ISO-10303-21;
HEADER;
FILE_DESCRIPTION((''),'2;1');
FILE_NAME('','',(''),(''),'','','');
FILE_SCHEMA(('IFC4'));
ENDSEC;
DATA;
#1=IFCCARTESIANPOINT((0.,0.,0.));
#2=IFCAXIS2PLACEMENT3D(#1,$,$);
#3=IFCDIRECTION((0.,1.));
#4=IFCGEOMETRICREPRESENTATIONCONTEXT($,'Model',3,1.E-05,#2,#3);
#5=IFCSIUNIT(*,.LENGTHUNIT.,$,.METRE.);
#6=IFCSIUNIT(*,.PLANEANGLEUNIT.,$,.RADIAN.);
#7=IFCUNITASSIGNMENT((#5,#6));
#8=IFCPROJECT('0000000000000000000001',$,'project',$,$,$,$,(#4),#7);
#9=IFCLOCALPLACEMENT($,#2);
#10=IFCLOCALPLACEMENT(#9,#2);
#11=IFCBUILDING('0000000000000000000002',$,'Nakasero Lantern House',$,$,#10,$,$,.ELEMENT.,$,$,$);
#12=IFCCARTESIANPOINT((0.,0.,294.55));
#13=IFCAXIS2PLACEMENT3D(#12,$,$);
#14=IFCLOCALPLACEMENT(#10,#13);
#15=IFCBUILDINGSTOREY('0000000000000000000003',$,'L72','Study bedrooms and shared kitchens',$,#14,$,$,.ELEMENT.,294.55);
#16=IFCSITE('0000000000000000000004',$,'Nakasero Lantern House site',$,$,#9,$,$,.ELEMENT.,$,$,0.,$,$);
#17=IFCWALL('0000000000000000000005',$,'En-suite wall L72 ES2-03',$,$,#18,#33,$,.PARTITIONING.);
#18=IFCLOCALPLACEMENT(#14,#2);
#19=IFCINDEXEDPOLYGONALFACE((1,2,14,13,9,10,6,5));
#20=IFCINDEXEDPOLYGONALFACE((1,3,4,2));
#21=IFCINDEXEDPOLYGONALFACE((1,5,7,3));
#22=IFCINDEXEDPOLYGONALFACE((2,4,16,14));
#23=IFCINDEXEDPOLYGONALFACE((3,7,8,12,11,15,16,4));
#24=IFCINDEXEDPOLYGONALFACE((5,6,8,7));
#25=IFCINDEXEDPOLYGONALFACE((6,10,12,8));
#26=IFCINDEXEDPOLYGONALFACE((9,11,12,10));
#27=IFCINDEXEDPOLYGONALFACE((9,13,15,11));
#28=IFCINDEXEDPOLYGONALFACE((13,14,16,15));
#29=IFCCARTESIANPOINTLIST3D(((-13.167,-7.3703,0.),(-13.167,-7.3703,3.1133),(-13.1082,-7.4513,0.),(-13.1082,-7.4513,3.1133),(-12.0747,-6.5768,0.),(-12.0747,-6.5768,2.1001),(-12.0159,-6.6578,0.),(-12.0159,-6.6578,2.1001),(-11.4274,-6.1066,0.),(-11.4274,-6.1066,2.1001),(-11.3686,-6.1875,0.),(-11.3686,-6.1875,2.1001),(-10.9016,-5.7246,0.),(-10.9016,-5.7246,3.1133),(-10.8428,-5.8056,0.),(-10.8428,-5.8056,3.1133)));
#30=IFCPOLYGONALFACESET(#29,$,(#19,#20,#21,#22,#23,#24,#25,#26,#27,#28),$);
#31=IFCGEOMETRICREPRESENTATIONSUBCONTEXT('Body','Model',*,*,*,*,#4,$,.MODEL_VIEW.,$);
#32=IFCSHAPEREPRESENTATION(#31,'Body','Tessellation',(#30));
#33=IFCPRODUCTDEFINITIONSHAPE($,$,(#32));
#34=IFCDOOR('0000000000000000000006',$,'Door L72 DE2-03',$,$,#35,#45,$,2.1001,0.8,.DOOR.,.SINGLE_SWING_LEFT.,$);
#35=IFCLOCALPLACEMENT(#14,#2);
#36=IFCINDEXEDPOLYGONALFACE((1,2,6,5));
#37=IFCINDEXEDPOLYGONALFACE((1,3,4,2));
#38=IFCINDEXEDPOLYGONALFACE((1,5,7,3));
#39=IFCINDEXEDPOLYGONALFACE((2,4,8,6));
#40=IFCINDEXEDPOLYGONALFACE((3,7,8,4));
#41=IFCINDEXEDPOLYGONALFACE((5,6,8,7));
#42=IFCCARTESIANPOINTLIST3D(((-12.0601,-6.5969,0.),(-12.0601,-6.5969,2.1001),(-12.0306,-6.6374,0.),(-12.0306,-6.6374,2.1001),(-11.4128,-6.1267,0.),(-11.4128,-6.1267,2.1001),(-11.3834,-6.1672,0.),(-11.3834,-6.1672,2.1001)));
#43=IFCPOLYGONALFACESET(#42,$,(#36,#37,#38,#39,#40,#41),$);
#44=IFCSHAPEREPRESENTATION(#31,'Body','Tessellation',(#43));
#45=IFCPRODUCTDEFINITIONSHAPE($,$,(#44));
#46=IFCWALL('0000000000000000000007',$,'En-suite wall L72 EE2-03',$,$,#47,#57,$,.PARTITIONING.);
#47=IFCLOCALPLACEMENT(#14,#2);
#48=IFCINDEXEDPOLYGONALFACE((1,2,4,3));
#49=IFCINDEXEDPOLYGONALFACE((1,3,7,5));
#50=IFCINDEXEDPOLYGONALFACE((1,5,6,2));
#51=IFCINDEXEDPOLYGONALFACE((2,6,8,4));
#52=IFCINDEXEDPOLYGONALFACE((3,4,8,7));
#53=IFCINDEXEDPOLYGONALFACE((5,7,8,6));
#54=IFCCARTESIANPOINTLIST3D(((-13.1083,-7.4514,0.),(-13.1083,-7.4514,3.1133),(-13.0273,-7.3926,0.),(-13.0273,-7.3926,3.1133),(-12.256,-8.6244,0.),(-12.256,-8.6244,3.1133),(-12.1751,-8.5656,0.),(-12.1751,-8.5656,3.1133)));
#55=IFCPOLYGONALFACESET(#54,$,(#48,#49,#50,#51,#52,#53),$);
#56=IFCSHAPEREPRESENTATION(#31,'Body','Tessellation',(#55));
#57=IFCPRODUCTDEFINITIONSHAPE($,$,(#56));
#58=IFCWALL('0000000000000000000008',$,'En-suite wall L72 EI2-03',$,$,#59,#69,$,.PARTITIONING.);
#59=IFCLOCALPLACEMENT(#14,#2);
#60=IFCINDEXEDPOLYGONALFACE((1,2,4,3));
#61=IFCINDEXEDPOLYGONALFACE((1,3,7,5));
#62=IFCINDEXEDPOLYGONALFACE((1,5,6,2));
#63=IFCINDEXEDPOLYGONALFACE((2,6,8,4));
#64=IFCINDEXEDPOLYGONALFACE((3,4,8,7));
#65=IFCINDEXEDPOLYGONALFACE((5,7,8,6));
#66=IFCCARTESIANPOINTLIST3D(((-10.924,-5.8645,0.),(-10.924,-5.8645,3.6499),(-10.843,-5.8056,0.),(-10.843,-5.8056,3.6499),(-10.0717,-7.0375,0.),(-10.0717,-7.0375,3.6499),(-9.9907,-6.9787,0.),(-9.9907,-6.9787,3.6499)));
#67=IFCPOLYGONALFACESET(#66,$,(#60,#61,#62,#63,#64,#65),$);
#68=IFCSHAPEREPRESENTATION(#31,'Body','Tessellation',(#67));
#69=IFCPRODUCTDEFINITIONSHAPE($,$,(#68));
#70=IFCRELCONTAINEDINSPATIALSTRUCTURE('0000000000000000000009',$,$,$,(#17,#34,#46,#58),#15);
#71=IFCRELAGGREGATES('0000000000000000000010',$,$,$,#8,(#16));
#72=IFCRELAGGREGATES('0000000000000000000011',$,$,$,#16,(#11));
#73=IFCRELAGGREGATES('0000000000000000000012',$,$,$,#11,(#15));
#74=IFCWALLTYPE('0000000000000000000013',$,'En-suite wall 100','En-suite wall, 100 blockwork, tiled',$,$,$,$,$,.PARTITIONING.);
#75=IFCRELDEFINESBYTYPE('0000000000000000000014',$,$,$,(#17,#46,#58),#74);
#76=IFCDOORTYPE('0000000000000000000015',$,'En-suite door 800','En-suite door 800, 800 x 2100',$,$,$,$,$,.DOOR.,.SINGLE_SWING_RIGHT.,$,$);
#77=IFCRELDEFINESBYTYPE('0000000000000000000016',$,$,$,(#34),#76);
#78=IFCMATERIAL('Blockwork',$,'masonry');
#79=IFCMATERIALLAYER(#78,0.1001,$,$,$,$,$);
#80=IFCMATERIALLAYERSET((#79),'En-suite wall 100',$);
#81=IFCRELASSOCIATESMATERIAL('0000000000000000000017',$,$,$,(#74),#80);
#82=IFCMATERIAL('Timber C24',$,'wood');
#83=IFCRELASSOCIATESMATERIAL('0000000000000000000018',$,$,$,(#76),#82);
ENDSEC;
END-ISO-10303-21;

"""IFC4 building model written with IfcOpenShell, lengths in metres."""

from ifc_helpers import new_model, si_unit, direction, frame, frame_2d, origin, place, context, subcontext, project, spatial, rectangle, extrude, material, layer, layer_set, type_object, element, fill, save


model = new_model("IFC4")

# Units and contexts
model_context = context("Model", 3, precision=1e-05, world=origin(), true_north=direction((0.0, 1.0)))
body_context = subcontext(model_context, "Body", "Model", "MODEL_VIEW")
ifc_project = project(units=[si_unit("LENGTHUNIT", "METRE"), si_unit("PLANEANGLEUNIT", "RADIAN")], contexts=[model_context])

# Site, building, storey
site_placement = place(None, origin())
site = spatial("IfcSite", under=ifc_project, at=site_placement, Name="Nakasero Lantern House site", CompositionType="ELEMENT", RefElevation=0.0)
building_placement = place(site_placement, origin())
building = spatial("IfcBuilding", under=site, at=building_placement, Name="Nakasero Lantern House", CompositionType="ELEMENT")
storey_placement = place(building_placement, frame((0.0, 0.0, 294.55)))
storey = spatial("IfcBuildingStorey", under=building, at=storey_placement, Name="L72", Description="Study bedrooms and shared kitchens", CompositionType="ELEMENT", Elevation=294.55)

# Wall, opening, door
ifc_material_1 = material(Name="Blockwork", Category="masonry")
ifc_layer_1 = layer(ifc_material_1, 0.1001)
ifc_layer_set_1 = layer_set([ifc_layer_1], Name="En-suite wall 100")
wall_type_1 = type_object("IfcWallType", Name="En-suite wall 100", Description="En-suite wall, 100 blockwork, tiled", PredefinedType="PARTITIONING", material=ifc_layer_set_1)
wall_1_placement = place(storey_placement, frame((-10.8723, -5.7651, 0.0), z_axis=(0.0, 0.0, 1.0), x_axis=(-0.809041, -0.587752, 0.0)))
wall_1 = element("IfcWall", 1, at=wall_1_placement, inside=storey, type_object=wall_type_1, Name="En-suite wall L72 ES2-03", PredefinedType="PARTITIONING", context=body_context, shape_type="SweptSolid", body=[
    extrude(rectangle(XDim=2.8, YDim=0.1001, at=frame_2d((1.3999, 0.0))), origin(), (0.0, 0.0, 1.0), 3.1133),
])
opening_1_placement = place(wall_1_placement, frame((0.6499, 0.0, 0.0)))
opening_1 = element("IfcOpeningElement", 2, at=opening_1_placement, cuts=wall_1, PredefinedType="OPENING", context=body_context, shape_type="SweptSolid", body=[
    extrude(rectangle(XDim=0.8, YDim=2.1001, at=frame_2d((0.3999, 1.05))), frame((0.0, 0.0701, 0.0), z_axis=(0.0, -1.0, 0.0), x_axis=(1.0, 0.0, 0.0)), (0.0, 0.0, 1.0), 0.1401),
])
ifc_material_2 = material(Name="Timber C24", Category="wood")
door_type_1 = type_object("IfcDoorType", Name="En-suite door 800", Description="En-suite door 800, 800 x 2100", OperationType="SINGLE_SWING_RIGHT", PredefinedType="DOOR", material=ifc_material_2)
door_1_placement = place(opening_1_placement, origin())
door_1 = element("IfcDoor", 3, at=door_1_placement, inside=storey, type_object=door_type_1, Name="Door L72 DE2-03", OperationType="SINGLE_SWING_LEFT", OverallHeight=2.1001, OverallWidth=0.8, PredefinedType="DOOR", context=body_context, shape_type="SweptSolid", body=[
    extrude(rectangle(XDim=0.8, YDim=2.1001, at=frame_2d((0.3999, 1.05))), frame((0.0, 0.0249, 0.0), z_axis=(0.0, -1.0, 0.0), x_axis=(1.0, 0.0, 0.0)), (0.0, 0.0, 1.0), 0.05),
])
fill(opening_1, door_1)

# Walls
wall_2_placement = place(storey_placement, frame((-13.0679, -7.4219, 0.0), z_axis=(0.0, 0.0, 1.0), x_axis=(0.587781, -0.80902, 0.0)))
element("IfcWall", 4, at=wall_2_placement, inside=storey, type_object=wall_type_1, Name="En-suite wall L72 EE2-03", PredefinedType="PARTITIONING", context=body_context, shape_type="SweptSolid", body=[
    extrude(rectangle(XDim=1.45, YDim=0.1001, at=frame_2d((0.7251, 0.0))), origin(), (0.0, 0.0, 1.0), 3.1133),
])
wall_3_placement = place(storey_placement, frame((-10.8835, -5.835, 0.0), z_axis=(0.0, 0.0, 1.0), x_axis=(0.587781, -0.80902, 0.0)))
element("IfcWall", 5, at=wall_3_placement, inside=storey, type_object=wall_type_1, Name="En-suite wall L72 EI2-03", PredefinedType="PARTITIONING", context=body_context, shape_type="SweptSolid", body=[
    extrude(rectangle(XDim=1.45, YDim=0.1001, at=frame_2d((0.7251, 0.0))), origin(), (0.0, 0.0, 1.0), 3.6499),
])

save(model, "model.ifc")
